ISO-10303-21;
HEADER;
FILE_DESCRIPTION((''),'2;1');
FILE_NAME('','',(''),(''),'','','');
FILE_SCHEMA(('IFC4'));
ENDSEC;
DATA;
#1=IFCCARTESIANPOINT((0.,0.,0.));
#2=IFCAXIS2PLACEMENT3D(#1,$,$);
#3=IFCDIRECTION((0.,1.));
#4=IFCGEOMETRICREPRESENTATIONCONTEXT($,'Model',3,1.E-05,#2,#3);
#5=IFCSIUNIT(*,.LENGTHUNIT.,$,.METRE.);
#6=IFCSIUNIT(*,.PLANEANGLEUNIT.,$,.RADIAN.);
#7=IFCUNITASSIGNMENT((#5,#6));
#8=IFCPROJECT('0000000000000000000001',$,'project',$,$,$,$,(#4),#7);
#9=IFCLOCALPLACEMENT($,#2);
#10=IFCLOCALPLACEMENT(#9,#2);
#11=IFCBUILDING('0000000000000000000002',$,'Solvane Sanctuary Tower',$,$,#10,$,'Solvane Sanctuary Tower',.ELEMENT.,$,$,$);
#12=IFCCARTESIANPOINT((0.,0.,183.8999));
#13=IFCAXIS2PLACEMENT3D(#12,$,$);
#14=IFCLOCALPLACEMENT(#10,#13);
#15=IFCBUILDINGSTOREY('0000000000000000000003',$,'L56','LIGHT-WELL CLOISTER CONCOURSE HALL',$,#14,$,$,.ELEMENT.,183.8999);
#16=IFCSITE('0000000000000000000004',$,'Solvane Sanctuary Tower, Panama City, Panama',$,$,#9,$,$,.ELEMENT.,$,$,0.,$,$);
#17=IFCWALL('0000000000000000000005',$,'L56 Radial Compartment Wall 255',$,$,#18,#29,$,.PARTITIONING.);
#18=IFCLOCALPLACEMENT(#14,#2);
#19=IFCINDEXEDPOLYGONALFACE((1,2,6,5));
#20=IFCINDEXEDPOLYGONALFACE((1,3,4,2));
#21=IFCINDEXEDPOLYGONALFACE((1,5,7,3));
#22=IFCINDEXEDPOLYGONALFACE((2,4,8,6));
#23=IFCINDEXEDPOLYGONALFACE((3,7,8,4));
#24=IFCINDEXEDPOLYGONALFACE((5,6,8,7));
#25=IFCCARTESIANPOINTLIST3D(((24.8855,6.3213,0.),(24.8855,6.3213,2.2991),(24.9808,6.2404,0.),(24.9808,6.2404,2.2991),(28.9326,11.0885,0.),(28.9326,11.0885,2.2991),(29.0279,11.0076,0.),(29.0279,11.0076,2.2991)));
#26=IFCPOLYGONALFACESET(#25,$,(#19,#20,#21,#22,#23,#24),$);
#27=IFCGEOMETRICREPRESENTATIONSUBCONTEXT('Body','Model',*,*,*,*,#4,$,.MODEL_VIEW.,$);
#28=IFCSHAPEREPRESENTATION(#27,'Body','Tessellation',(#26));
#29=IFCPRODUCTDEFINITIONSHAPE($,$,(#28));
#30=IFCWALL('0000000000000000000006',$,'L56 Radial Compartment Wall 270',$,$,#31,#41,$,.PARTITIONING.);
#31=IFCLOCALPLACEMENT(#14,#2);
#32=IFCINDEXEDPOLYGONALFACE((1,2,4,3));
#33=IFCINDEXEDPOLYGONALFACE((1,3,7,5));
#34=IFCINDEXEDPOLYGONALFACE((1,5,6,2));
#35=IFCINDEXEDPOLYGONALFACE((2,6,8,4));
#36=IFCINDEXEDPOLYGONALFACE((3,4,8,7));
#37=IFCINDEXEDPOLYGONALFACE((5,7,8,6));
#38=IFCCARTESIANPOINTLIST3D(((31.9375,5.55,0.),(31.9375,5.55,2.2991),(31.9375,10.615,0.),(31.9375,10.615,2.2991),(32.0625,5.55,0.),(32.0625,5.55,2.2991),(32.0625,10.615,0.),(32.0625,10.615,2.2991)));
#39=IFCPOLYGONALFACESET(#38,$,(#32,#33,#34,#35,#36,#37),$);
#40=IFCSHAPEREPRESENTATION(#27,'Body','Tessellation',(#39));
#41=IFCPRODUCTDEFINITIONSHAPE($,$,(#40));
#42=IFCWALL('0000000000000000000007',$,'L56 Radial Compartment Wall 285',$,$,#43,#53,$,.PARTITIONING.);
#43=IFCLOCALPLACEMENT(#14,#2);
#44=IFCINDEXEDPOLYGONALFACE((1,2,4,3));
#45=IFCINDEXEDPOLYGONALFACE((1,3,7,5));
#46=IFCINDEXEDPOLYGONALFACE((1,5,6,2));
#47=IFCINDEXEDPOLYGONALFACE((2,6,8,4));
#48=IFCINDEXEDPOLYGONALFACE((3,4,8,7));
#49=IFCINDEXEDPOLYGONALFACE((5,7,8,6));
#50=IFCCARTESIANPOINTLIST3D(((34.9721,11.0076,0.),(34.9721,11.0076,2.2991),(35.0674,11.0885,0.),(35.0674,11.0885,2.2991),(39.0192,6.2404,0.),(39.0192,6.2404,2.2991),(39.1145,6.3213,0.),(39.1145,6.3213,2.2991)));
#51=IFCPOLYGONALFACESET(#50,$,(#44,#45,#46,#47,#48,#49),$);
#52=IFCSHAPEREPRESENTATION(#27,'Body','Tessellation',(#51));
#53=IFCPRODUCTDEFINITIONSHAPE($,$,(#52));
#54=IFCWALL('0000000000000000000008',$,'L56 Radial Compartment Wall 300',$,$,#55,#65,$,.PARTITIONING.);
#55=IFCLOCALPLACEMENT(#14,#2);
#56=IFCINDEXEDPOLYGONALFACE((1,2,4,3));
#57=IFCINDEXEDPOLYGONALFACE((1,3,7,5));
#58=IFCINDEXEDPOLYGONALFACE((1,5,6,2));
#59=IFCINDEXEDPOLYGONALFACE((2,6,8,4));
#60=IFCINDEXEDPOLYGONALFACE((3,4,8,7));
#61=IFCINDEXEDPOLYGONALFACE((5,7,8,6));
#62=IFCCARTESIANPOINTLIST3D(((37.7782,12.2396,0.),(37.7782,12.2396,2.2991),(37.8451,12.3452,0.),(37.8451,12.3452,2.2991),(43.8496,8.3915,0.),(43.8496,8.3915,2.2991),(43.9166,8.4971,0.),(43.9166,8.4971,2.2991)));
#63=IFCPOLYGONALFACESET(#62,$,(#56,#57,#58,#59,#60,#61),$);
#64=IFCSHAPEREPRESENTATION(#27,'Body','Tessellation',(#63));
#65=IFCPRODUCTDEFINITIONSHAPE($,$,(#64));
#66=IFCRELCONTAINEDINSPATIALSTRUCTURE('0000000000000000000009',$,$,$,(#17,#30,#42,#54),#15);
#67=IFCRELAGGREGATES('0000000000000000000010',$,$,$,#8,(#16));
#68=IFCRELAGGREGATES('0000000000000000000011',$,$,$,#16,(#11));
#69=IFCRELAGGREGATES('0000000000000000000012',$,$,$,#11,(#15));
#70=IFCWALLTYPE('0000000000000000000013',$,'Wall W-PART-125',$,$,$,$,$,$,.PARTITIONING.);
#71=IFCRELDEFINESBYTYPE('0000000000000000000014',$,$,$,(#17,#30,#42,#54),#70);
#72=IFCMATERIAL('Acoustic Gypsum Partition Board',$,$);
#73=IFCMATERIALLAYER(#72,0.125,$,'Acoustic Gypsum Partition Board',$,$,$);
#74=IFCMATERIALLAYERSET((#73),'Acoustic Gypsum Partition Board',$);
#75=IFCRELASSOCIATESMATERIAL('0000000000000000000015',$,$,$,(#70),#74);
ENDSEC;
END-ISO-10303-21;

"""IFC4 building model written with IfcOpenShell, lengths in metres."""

from ifc_helpers import new_model, si_unit, direction, frame, frame_2d, origin, place, context, subcontext, project, spatial, rectangle, extrude, material, layer, layer_set, type_object, element, save


model = new_model("IFC4")

# Units and contexts
model_context = context("Model", 3, precision=1e-05, world=origin(), true_north=direction((0.0, 1.0)))
body_context = subcontext(model_context, "Body", "Model", "MODEL_VIEW")
ifc_project = project(units=[si_unit("LENGTHUNIT", "METRE"), si_unit("PLANEANGLEUNIT", "RADIAN")], contexts=[model_context])

# Site, building, storey
site_placement = place(None, origin())
site = spatial("IfcSite", under=ifc_project, at=site_placement, Name="Solvane Sanctuary Tower, Panama City, Panama", CompositionType="ELEMENT", RefElevation=0.0)
building_placement = place(site_placement, origin())
building = spatial("IfcBuilding", under=site, at=building_placement, Name="Solvane Sanctuary Tower", LongName="Solvane Sanctuary Tower", CompositionType="ELEMENT")
storey_placement = place(building_placement, frame((0.0, 0.0, 183.8999)))
storey = spatial("IfcBuildingStorey", under=building, at=storey_placement, Name="L56", Description="LIGHT-WELL CLOISTER CONCOURSE HALL", CompositionType="ELEMENT", Elevation=183.8999)

# Shared definitions
ifc_material_1 = material(Name="Acoustic Gypsum Partition Board")

# Walls
ifc_layer_1 = layer(ifc_material_1, 0.125, Name="Acoustic Gypsum Partition Board")
ifc_layer_set_1 = layer_set([ifc_layer_1], Name="Acoustic Gypsum Partition Board")
wall_type_1 = type_object("IfcWallType", Name="Wall W-PART-125", PredefinedType="PARTITIONING", material=ifc_layer_set_1)
wall_1_placement = place(storey_placement, frame((28.9802, 11.0481, 0.0), z_axis=(0.0, 0.0, 1.0), x_axis=(-0.647173, -0.762343, 0.0)))
element("IfcWall", 1, at=wall_1_placement, inside=storey, type_object=wall_type_1, Name="L56 Radial Compartment Wall 255", PredefinedType="PARTITIONING", context=body_context, shape_type="SweptSolid", body=[
    extrude(rectangle(XDim=6.2534, YDim=0.125, at=frame_2d((3.1267, 0.0))), origin(), (0.0, 0.0, 1.0), 2.2991),
])
wall_2_placement = place(storey_placement, frame((32.0, 10.615, 0.0), z_axis=(0.0, 0.0, 1.0), x_axis=(0.0, -1.0, 0.0)))
element("IfcWall", 2, at=wall_2_placement, inside=storey, type_object=wall_type_1, Name="L56 Radial Compartment Wall 270", PredefinedType="PARTITIONING", context=body_context, shape_type="SweptSolid", body=[
    extrude(rectangle(XDim=5.0649, YDim=0.125, at=frame_2d((2.5325, 0.0))), origin(), (0.0, 0.0, 1.0), 2.2991),
])
wall_3_placement = place(storey_placement, frame((35.0198, 11.0481, 0.0), z_axis=(0.0, 0.0, 1.0), x_axis=(0.647173, -0.762343, 0.0)))
element("IfcWall", 3, at=wall_3_placement, inside=storey, type_object=wall_type_1, Name="L56 Radial Compartment Wall 285", PredefinedType="PARTITIONING", context=body_context, shape_type="SweptSolid", body=[
    extrude(rectangle(XDim=6.2534, YDim=0.125, at=frame_2d((3.1267, 0.0))), origin(), (0.0, 0.0, 1.0), 2.2991),
])
wall_4_placement = place(storey_placement, frame((37.8115, 12.2925, 0.0), z_axis=(0.0, 0.0, 1.0), x_axis=(0.84464, -0.535334, 0.0)))
element("IfcWall", 4, at=wall_4_placement, inside=storey, type_object=wall_type_1, Name="L56 Radial Compartment Wall 300", PredefinedType="PARTITIONING", context=body_context, shape_type="SweptSolid", body=[
    extrude(rectangle(XDim=7.1882, YDim=0.125, at=frame_2d((3.5942, 0.0))), origin(), (0.0, 0.0, 1.0), 2.2991),
])

save(model, "model.ifc")
